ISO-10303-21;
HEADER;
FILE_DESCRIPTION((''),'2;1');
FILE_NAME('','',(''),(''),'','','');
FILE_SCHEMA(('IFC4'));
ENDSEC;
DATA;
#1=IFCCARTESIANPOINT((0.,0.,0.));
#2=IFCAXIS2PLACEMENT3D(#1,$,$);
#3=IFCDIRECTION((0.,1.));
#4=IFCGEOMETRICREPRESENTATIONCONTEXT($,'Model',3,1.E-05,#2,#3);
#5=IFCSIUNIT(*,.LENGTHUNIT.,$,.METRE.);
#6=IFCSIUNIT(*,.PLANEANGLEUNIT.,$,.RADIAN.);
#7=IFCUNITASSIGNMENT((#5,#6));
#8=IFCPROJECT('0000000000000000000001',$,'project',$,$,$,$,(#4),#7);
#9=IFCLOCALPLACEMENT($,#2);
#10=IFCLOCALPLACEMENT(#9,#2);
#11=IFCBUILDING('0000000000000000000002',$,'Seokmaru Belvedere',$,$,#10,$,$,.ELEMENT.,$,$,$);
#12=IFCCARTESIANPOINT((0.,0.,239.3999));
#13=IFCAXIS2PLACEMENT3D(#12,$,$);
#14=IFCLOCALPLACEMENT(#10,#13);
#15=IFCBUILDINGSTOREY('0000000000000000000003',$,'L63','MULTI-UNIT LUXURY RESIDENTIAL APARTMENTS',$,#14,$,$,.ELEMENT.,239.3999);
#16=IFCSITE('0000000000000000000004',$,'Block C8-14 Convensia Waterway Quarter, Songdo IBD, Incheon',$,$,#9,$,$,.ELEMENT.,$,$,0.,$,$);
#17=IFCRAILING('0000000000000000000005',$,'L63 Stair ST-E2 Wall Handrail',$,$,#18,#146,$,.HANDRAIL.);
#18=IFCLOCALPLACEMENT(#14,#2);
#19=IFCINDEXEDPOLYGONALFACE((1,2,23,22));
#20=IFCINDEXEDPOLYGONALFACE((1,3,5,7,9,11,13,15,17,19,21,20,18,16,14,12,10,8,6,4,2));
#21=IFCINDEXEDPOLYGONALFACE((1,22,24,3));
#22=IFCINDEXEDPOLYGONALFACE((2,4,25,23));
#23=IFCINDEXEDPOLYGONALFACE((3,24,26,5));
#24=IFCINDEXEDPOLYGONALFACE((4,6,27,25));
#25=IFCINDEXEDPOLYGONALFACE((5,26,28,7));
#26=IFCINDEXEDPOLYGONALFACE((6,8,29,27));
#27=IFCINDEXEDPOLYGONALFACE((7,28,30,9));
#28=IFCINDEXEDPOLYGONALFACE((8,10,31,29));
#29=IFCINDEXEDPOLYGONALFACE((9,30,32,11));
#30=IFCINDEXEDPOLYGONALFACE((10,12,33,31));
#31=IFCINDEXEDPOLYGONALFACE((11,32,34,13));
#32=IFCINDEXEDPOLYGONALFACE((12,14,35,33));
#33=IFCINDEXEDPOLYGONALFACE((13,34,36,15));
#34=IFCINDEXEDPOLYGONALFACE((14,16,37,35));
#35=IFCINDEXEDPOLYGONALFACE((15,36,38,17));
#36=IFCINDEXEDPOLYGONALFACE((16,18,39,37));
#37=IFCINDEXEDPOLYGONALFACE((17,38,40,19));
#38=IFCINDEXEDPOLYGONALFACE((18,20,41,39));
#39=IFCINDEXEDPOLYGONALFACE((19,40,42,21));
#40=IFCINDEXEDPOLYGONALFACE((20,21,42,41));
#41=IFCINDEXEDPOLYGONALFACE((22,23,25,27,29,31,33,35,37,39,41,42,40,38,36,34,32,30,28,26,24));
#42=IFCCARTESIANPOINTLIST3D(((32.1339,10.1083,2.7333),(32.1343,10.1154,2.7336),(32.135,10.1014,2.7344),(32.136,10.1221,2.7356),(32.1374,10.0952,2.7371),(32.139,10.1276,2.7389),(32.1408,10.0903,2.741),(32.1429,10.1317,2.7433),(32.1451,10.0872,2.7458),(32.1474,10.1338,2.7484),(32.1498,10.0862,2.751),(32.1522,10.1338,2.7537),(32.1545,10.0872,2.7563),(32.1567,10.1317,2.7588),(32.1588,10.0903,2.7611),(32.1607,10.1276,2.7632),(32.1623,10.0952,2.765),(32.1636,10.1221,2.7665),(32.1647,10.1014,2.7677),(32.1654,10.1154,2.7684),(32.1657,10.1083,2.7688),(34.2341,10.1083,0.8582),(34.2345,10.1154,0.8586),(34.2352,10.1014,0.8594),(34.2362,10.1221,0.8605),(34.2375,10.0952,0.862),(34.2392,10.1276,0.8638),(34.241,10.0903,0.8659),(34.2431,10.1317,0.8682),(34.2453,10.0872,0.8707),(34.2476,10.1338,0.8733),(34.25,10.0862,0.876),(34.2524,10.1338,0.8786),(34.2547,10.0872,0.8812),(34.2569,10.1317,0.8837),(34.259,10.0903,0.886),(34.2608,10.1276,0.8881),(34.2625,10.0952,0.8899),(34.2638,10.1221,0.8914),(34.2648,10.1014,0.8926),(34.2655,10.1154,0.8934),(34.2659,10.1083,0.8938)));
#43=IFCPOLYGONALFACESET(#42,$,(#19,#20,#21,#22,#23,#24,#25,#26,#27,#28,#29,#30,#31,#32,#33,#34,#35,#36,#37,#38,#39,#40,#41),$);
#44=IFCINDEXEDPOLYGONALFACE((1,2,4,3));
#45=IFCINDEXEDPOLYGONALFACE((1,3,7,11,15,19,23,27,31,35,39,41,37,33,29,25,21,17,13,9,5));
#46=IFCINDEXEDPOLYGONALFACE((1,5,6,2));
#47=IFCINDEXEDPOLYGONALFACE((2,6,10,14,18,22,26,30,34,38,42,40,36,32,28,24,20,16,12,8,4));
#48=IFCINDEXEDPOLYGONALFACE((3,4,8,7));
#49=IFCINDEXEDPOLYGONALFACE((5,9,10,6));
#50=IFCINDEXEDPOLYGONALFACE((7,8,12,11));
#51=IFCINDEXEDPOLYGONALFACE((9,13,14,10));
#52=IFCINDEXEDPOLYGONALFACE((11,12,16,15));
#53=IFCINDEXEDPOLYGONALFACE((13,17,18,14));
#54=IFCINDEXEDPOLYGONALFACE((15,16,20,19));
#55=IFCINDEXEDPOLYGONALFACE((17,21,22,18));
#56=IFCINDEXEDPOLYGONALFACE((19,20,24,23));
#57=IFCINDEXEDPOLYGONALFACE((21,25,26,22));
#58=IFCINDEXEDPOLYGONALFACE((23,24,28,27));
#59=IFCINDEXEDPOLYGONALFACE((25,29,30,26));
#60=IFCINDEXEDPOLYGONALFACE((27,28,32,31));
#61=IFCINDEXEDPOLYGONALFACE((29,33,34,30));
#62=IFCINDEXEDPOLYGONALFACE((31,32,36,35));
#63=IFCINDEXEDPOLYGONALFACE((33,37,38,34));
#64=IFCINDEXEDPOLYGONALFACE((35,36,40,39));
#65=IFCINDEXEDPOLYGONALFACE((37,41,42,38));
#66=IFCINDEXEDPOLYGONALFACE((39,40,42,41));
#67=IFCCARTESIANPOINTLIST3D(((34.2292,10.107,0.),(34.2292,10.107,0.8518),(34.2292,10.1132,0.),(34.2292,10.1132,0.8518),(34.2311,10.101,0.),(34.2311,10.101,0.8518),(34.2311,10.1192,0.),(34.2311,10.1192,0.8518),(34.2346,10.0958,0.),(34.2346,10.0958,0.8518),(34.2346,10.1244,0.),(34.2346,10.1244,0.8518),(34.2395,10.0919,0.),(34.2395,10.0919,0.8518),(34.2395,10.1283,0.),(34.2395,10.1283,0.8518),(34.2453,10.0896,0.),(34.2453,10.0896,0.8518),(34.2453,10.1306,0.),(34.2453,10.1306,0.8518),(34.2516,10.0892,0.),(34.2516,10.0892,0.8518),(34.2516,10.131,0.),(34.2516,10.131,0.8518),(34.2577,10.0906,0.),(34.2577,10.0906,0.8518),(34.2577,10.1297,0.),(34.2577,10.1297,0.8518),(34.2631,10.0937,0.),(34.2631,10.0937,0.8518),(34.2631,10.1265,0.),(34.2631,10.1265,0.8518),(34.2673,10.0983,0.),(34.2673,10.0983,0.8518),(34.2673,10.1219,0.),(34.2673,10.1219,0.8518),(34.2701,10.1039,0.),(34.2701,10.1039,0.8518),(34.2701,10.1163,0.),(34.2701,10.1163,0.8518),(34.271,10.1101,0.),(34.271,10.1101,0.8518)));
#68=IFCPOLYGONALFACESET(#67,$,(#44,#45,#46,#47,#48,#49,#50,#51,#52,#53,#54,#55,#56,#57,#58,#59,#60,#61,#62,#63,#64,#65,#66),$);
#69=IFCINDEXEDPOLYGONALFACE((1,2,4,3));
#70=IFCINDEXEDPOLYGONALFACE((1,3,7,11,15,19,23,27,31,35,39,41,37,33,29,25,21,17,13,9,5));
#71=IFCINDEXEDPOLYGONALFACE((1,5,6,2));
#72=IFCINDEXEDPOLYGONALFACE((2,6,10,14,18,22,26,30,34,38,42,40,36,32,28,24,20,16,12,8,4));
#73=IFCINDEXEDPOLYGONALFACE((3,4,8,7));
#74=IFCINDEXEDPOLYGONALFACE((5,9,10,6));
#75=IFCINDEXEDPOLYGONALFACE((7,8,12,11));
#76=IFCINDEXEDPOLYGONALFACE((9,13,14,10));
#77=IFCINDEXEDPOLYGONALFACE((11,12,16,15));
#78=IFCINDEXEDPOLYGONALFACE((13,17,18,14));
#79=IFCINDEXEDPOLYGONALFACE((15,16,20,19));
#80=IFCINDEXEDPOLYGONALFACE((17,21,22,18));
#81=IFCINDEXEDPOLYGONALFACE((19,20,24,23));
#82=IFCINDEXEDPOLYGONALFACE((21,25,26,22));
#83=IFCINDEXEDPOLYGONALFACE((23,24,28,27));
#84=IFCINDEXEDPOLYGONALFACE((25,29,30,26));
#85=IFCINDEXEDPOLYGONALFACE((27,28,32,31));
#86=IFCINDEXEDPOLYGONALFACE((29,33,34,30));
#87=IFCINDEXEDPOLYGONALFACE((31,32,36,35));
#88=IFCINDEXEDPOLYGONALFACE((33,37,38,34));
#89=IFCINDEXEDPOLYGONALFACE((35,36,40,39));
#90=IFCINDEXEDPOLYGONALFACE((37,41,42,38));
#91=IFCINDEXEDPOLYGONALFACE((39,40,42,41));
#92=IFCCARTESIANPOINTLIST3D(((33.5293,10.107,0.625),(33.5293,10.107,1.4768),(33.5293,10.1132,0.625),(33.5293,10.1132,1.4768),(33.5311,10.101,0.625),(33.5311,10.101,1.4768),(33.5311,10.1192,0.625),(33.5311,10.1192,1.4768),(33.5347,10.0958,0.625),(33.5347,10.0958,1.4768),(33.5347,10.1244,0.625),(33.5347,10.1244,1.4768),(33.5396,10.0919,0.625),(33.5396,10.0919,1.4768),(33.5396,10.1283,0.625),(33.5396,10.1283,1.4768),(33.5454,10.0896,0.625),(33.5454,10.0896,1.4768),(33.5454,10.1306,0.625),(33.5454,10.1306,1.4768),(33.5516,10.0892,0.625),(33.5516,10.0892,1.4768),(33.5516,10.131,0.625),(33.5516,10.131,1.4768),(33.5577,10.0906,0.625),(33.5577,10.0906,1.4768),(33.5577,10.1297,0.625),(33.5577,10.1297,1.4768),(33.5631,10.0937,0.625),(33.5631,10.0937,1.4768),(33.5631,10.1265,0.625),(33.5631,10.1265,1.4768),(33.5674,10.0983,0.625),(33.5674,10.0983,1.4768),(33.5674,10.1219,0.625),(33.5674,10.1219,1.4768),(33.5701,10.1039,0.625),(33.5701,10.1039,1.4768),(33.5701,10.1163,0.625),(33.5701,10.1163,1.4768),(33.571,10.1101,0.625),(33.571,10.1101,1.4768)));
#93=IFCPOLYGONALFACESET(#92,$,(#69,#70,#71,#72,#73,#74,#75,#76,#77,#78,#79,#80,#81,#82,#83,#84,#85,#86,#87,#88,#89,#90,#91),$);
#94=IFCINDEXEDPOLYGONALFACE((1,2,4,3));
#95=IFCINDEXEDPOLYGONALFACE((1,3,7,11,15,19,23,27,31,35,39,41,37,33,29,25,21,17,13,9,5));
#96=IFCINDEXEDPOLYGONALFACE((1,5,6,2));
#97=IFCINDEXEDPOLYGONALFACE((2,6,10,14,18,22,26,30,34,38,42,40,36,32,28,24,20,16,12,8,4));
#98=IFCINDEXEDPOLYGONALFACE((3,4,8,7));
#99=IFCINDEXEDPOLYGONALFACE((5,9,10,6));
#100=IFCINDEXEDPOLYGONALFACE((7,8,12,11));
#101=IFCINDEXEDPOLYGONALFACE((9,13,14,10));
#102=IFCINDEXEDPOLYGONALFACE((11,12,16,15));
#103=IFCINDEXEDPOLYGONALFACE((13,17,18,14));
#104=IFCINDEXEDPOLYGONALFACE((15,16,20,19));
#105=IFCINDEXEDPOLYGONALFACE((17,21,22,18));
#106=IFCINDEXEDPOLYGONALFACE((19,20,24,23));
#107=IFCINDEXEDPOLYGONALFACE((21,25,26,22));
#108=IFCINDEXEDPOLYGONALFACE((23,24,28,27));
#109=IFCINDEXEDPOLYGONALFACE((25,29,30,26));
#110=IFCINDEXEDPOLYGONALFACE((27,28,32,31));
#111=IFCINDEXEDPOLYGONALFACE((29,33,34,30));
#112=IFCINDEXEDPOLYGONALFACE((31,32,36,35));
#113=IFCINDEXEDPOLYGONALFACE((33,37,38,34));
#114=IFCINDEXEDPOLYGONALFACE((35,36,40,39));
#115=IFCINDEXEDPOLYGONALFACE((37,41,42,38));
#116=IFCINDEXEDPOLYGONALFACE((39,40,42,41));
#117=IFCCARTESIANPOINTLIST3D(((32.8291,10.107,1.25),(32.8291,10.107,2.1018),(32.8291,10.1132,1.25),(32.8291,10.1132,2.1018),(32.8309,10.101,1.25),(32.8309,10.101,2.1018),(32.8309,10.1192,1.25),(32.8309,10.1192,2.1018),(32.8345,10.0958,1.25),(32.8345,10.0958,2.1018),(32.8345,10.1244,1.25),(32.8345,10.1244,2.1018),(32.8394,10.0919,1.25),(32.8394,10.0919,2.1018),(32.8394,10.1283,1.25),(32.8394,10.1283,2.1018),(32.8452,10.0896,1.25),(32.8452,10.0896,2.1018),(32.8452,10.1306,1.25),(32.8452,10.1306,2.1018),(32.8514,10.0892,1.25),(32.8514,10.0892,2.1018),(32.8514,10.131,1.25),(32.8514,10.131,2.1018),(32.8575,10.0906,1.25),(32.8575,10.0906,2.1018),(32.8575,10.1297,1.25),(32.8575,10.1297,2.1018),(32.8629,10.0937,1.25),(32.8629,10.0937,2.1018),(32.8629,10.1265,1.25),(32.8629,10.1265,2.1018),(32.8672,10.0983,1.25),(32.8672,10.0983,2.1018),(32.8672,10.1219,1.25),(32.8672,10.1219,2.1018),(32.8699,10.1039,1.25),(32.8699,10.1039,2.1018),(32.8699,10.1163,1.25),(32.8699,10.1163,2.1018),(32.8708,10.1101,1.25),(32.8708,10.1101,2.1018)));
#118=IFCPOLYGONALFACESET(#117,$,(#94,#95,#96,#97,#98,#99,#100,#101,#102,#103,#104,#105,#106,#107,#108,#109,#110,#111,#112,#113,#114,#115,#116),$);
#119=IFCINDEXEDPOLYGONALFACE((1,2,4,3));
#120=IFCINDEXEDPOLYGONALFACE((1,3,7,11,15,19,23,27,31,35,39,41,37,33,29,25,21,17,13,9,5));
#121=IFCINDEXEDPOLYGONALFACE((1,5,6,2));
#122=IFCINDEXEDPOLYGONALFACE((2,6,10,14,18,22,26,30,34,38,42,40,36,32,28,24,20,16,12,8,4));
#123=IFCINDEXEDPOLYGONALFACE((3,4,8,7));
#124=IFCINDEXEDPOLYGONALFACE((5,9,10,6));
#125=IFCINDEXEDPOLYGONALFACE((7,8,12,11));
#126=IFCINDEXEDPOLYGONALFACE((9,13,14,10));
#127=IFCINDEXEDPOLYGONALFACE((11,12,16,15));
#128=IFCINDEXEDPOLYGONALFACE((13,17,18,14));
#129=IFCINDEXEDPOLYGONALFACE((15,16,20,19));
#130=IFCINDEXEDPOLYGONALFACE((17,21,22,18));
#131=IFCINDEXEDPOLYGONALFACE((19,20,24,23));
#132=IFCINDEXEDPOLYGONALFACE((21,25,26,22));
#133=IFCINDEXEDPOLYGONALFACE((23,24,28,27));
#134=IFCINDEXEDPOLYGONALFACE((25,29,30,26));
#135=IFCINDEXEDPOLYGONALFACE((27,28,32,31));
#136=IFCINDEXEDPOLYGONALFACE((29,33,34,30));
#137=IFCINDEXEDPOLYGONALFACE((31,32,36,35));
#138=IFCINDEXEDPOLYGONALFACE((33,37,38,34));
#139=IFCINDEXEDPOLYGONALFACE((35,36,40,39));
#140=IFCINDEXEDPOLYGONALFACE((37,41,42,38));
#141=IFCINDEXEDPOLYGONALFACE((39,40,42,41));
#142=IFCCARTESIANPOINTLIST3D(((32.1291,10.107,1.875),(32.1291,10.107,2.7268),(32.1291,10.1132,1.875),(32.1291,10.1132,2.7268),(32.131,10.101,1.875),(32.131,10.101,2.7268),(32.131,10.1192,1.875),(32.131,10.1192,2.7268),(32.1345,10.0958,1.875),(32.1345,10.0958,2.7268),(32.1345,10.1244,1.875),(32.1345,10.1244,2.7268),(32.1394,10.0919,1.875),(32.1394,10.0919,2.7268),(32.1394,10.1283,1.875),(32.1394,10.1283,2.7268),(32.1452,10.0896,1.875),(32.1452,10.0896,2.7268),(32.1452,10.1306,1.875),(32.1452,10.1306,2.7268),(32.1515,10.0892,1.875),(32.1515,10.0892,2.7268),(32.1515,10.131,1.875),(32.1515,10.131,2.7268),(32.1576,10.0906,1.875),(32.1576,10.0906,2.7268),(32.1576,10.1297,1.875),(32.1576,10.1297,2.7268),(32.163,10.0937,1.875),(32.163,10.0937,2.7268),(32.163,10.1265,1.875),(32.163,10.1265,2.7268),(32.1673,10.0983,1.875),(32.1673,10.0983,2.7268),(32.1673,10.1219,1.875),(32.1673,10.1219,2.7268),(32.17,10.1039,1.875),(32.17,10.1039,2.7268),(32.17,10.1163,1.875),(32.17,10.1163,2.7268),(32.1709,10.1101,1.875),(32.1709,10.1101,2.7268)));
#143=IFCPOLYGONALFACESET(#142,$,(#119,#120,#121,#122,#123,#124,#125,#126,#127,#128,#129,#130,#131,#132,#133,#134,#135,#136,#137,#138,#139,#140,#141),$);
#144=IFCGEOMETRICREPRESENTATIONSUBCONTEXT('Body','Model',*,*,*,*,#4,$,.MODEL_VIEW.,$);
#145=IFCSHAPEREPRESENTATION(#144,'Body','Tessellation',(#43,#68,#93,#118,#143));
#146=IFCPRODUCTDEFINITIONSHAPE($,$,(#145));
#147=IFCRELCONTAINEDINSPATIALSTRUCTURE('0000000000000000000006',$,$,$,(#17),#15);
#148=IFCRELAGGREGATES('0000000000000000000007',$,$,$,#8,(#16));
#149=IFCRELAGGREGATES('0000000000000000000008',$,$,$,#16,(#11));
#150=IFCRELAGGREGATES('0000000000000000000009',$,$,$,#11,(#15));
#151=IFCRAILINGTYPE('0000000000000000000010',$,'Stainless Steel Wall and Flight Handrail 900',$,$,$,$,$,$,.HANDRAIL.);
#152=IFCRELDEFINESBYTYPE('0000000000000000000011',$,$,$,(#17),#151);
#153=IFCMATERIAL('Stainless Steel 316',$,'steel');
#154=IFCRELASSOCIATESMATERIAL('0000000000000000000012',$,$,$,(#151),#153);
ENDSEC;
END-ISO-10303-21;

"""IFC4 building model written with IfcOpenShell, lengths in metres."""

from ifc_helpers import new_model, si_unit, direction, frame, origin, origin_2d, place, context, subcontext, project, spatial, circle, extrude, material, type_object, element, save


model = new_model("IFC4")

# Units and contexts
model_context = context("Model", 3, precision=1e-05, world=origin(), true_north=direction((0.0, 1.0)))
body_context = subcontext(model_context, "Body", "Model", "MODEL_VIEW")
ifc_project = project(units=[si_unit("LENGTHUNIT", "METRE"), si_unit("PLANEANGLEUNIT", "RADIAN")], contexts=[model_context])

# Site, building, storey
site_placement = place(None, origin())
site = spatial("IfcSite", under=ifc_project, at=site_placement, Name="Block C8-14 Convensia Waterway Quarter, Songdo IBD, Incheon", CompositionType="ELEMENT", RefElevation=0.0)
building_placement = place(site_placement, origin())
building = spatial("IfcBuilding", under=site, at=building_placement, Name="Seokmaru Belvedere", CompositionType="ELEMENT")
storey_placement = place(building_placement, frame((0.0, 0.0, 239.3999)))
storey = spatial("IfcBuildingStorey", under=building, at=storey_placement, Name="L63", Description="MULTI-UNIT LUXURY RESIDENTIAL APARTMENTS", CompositionType="ELEMENT", Elevation=239.3999)

# Railing
ifc_material_1 = material(Name="Stainless Steel 316", Category="steel")
railing_type_1 = type_object("IfcRailingType", Name="Stainless Steel Wall and Flight Handrail 900", PredefinedType="HANDRAIL", material=ifc_material_1)
railing_1_placement = place(storey_placement, frame((34.25, 10.1101, 0.0)))
element("IfcRailing", 1, at=railing_1_placement, inside=storey, type_object=railing_type_1, Name="L63 Stair ST-E2 Wall Handrail", PredefinedType="HANDRAIL", context=body_context, shape_type="SweptSolid", body=[
    extrude(circle(Radius=0.0239, at=origin_2d()), frame((0.0, 0.0, 0.876), z_axis=(-0.745953, 0.0, 0.665999), x_axis=(0.0, -1.0, 0.0)), (0.0, 0.0, 1.0), 2.8154),
    extrude(circle(Radius=0.021, at=origin_2d()), origin(), (0.0, 0.0, 1.0), 0.8518),
    extrude(circle(Radius=0.021, at=origin_2d()), frame((-0.7, 0.0, 0.625)), (0.0, 0.0, 1.0), 0.8518),
    extrude(circle(Radius=0.021, at=origin_2d()), frame((-1.4001, 0.0, 1.25)), (0.0, 0.0, 1.0), 0.8518),
    extrude(circle(Radius=0.021, at=origin_2d()), frame((-2.1001, 0.0, 1.875)), (0.0, 0.0, 1.0), 0.8518),
])

save(model, "model.ifc")
